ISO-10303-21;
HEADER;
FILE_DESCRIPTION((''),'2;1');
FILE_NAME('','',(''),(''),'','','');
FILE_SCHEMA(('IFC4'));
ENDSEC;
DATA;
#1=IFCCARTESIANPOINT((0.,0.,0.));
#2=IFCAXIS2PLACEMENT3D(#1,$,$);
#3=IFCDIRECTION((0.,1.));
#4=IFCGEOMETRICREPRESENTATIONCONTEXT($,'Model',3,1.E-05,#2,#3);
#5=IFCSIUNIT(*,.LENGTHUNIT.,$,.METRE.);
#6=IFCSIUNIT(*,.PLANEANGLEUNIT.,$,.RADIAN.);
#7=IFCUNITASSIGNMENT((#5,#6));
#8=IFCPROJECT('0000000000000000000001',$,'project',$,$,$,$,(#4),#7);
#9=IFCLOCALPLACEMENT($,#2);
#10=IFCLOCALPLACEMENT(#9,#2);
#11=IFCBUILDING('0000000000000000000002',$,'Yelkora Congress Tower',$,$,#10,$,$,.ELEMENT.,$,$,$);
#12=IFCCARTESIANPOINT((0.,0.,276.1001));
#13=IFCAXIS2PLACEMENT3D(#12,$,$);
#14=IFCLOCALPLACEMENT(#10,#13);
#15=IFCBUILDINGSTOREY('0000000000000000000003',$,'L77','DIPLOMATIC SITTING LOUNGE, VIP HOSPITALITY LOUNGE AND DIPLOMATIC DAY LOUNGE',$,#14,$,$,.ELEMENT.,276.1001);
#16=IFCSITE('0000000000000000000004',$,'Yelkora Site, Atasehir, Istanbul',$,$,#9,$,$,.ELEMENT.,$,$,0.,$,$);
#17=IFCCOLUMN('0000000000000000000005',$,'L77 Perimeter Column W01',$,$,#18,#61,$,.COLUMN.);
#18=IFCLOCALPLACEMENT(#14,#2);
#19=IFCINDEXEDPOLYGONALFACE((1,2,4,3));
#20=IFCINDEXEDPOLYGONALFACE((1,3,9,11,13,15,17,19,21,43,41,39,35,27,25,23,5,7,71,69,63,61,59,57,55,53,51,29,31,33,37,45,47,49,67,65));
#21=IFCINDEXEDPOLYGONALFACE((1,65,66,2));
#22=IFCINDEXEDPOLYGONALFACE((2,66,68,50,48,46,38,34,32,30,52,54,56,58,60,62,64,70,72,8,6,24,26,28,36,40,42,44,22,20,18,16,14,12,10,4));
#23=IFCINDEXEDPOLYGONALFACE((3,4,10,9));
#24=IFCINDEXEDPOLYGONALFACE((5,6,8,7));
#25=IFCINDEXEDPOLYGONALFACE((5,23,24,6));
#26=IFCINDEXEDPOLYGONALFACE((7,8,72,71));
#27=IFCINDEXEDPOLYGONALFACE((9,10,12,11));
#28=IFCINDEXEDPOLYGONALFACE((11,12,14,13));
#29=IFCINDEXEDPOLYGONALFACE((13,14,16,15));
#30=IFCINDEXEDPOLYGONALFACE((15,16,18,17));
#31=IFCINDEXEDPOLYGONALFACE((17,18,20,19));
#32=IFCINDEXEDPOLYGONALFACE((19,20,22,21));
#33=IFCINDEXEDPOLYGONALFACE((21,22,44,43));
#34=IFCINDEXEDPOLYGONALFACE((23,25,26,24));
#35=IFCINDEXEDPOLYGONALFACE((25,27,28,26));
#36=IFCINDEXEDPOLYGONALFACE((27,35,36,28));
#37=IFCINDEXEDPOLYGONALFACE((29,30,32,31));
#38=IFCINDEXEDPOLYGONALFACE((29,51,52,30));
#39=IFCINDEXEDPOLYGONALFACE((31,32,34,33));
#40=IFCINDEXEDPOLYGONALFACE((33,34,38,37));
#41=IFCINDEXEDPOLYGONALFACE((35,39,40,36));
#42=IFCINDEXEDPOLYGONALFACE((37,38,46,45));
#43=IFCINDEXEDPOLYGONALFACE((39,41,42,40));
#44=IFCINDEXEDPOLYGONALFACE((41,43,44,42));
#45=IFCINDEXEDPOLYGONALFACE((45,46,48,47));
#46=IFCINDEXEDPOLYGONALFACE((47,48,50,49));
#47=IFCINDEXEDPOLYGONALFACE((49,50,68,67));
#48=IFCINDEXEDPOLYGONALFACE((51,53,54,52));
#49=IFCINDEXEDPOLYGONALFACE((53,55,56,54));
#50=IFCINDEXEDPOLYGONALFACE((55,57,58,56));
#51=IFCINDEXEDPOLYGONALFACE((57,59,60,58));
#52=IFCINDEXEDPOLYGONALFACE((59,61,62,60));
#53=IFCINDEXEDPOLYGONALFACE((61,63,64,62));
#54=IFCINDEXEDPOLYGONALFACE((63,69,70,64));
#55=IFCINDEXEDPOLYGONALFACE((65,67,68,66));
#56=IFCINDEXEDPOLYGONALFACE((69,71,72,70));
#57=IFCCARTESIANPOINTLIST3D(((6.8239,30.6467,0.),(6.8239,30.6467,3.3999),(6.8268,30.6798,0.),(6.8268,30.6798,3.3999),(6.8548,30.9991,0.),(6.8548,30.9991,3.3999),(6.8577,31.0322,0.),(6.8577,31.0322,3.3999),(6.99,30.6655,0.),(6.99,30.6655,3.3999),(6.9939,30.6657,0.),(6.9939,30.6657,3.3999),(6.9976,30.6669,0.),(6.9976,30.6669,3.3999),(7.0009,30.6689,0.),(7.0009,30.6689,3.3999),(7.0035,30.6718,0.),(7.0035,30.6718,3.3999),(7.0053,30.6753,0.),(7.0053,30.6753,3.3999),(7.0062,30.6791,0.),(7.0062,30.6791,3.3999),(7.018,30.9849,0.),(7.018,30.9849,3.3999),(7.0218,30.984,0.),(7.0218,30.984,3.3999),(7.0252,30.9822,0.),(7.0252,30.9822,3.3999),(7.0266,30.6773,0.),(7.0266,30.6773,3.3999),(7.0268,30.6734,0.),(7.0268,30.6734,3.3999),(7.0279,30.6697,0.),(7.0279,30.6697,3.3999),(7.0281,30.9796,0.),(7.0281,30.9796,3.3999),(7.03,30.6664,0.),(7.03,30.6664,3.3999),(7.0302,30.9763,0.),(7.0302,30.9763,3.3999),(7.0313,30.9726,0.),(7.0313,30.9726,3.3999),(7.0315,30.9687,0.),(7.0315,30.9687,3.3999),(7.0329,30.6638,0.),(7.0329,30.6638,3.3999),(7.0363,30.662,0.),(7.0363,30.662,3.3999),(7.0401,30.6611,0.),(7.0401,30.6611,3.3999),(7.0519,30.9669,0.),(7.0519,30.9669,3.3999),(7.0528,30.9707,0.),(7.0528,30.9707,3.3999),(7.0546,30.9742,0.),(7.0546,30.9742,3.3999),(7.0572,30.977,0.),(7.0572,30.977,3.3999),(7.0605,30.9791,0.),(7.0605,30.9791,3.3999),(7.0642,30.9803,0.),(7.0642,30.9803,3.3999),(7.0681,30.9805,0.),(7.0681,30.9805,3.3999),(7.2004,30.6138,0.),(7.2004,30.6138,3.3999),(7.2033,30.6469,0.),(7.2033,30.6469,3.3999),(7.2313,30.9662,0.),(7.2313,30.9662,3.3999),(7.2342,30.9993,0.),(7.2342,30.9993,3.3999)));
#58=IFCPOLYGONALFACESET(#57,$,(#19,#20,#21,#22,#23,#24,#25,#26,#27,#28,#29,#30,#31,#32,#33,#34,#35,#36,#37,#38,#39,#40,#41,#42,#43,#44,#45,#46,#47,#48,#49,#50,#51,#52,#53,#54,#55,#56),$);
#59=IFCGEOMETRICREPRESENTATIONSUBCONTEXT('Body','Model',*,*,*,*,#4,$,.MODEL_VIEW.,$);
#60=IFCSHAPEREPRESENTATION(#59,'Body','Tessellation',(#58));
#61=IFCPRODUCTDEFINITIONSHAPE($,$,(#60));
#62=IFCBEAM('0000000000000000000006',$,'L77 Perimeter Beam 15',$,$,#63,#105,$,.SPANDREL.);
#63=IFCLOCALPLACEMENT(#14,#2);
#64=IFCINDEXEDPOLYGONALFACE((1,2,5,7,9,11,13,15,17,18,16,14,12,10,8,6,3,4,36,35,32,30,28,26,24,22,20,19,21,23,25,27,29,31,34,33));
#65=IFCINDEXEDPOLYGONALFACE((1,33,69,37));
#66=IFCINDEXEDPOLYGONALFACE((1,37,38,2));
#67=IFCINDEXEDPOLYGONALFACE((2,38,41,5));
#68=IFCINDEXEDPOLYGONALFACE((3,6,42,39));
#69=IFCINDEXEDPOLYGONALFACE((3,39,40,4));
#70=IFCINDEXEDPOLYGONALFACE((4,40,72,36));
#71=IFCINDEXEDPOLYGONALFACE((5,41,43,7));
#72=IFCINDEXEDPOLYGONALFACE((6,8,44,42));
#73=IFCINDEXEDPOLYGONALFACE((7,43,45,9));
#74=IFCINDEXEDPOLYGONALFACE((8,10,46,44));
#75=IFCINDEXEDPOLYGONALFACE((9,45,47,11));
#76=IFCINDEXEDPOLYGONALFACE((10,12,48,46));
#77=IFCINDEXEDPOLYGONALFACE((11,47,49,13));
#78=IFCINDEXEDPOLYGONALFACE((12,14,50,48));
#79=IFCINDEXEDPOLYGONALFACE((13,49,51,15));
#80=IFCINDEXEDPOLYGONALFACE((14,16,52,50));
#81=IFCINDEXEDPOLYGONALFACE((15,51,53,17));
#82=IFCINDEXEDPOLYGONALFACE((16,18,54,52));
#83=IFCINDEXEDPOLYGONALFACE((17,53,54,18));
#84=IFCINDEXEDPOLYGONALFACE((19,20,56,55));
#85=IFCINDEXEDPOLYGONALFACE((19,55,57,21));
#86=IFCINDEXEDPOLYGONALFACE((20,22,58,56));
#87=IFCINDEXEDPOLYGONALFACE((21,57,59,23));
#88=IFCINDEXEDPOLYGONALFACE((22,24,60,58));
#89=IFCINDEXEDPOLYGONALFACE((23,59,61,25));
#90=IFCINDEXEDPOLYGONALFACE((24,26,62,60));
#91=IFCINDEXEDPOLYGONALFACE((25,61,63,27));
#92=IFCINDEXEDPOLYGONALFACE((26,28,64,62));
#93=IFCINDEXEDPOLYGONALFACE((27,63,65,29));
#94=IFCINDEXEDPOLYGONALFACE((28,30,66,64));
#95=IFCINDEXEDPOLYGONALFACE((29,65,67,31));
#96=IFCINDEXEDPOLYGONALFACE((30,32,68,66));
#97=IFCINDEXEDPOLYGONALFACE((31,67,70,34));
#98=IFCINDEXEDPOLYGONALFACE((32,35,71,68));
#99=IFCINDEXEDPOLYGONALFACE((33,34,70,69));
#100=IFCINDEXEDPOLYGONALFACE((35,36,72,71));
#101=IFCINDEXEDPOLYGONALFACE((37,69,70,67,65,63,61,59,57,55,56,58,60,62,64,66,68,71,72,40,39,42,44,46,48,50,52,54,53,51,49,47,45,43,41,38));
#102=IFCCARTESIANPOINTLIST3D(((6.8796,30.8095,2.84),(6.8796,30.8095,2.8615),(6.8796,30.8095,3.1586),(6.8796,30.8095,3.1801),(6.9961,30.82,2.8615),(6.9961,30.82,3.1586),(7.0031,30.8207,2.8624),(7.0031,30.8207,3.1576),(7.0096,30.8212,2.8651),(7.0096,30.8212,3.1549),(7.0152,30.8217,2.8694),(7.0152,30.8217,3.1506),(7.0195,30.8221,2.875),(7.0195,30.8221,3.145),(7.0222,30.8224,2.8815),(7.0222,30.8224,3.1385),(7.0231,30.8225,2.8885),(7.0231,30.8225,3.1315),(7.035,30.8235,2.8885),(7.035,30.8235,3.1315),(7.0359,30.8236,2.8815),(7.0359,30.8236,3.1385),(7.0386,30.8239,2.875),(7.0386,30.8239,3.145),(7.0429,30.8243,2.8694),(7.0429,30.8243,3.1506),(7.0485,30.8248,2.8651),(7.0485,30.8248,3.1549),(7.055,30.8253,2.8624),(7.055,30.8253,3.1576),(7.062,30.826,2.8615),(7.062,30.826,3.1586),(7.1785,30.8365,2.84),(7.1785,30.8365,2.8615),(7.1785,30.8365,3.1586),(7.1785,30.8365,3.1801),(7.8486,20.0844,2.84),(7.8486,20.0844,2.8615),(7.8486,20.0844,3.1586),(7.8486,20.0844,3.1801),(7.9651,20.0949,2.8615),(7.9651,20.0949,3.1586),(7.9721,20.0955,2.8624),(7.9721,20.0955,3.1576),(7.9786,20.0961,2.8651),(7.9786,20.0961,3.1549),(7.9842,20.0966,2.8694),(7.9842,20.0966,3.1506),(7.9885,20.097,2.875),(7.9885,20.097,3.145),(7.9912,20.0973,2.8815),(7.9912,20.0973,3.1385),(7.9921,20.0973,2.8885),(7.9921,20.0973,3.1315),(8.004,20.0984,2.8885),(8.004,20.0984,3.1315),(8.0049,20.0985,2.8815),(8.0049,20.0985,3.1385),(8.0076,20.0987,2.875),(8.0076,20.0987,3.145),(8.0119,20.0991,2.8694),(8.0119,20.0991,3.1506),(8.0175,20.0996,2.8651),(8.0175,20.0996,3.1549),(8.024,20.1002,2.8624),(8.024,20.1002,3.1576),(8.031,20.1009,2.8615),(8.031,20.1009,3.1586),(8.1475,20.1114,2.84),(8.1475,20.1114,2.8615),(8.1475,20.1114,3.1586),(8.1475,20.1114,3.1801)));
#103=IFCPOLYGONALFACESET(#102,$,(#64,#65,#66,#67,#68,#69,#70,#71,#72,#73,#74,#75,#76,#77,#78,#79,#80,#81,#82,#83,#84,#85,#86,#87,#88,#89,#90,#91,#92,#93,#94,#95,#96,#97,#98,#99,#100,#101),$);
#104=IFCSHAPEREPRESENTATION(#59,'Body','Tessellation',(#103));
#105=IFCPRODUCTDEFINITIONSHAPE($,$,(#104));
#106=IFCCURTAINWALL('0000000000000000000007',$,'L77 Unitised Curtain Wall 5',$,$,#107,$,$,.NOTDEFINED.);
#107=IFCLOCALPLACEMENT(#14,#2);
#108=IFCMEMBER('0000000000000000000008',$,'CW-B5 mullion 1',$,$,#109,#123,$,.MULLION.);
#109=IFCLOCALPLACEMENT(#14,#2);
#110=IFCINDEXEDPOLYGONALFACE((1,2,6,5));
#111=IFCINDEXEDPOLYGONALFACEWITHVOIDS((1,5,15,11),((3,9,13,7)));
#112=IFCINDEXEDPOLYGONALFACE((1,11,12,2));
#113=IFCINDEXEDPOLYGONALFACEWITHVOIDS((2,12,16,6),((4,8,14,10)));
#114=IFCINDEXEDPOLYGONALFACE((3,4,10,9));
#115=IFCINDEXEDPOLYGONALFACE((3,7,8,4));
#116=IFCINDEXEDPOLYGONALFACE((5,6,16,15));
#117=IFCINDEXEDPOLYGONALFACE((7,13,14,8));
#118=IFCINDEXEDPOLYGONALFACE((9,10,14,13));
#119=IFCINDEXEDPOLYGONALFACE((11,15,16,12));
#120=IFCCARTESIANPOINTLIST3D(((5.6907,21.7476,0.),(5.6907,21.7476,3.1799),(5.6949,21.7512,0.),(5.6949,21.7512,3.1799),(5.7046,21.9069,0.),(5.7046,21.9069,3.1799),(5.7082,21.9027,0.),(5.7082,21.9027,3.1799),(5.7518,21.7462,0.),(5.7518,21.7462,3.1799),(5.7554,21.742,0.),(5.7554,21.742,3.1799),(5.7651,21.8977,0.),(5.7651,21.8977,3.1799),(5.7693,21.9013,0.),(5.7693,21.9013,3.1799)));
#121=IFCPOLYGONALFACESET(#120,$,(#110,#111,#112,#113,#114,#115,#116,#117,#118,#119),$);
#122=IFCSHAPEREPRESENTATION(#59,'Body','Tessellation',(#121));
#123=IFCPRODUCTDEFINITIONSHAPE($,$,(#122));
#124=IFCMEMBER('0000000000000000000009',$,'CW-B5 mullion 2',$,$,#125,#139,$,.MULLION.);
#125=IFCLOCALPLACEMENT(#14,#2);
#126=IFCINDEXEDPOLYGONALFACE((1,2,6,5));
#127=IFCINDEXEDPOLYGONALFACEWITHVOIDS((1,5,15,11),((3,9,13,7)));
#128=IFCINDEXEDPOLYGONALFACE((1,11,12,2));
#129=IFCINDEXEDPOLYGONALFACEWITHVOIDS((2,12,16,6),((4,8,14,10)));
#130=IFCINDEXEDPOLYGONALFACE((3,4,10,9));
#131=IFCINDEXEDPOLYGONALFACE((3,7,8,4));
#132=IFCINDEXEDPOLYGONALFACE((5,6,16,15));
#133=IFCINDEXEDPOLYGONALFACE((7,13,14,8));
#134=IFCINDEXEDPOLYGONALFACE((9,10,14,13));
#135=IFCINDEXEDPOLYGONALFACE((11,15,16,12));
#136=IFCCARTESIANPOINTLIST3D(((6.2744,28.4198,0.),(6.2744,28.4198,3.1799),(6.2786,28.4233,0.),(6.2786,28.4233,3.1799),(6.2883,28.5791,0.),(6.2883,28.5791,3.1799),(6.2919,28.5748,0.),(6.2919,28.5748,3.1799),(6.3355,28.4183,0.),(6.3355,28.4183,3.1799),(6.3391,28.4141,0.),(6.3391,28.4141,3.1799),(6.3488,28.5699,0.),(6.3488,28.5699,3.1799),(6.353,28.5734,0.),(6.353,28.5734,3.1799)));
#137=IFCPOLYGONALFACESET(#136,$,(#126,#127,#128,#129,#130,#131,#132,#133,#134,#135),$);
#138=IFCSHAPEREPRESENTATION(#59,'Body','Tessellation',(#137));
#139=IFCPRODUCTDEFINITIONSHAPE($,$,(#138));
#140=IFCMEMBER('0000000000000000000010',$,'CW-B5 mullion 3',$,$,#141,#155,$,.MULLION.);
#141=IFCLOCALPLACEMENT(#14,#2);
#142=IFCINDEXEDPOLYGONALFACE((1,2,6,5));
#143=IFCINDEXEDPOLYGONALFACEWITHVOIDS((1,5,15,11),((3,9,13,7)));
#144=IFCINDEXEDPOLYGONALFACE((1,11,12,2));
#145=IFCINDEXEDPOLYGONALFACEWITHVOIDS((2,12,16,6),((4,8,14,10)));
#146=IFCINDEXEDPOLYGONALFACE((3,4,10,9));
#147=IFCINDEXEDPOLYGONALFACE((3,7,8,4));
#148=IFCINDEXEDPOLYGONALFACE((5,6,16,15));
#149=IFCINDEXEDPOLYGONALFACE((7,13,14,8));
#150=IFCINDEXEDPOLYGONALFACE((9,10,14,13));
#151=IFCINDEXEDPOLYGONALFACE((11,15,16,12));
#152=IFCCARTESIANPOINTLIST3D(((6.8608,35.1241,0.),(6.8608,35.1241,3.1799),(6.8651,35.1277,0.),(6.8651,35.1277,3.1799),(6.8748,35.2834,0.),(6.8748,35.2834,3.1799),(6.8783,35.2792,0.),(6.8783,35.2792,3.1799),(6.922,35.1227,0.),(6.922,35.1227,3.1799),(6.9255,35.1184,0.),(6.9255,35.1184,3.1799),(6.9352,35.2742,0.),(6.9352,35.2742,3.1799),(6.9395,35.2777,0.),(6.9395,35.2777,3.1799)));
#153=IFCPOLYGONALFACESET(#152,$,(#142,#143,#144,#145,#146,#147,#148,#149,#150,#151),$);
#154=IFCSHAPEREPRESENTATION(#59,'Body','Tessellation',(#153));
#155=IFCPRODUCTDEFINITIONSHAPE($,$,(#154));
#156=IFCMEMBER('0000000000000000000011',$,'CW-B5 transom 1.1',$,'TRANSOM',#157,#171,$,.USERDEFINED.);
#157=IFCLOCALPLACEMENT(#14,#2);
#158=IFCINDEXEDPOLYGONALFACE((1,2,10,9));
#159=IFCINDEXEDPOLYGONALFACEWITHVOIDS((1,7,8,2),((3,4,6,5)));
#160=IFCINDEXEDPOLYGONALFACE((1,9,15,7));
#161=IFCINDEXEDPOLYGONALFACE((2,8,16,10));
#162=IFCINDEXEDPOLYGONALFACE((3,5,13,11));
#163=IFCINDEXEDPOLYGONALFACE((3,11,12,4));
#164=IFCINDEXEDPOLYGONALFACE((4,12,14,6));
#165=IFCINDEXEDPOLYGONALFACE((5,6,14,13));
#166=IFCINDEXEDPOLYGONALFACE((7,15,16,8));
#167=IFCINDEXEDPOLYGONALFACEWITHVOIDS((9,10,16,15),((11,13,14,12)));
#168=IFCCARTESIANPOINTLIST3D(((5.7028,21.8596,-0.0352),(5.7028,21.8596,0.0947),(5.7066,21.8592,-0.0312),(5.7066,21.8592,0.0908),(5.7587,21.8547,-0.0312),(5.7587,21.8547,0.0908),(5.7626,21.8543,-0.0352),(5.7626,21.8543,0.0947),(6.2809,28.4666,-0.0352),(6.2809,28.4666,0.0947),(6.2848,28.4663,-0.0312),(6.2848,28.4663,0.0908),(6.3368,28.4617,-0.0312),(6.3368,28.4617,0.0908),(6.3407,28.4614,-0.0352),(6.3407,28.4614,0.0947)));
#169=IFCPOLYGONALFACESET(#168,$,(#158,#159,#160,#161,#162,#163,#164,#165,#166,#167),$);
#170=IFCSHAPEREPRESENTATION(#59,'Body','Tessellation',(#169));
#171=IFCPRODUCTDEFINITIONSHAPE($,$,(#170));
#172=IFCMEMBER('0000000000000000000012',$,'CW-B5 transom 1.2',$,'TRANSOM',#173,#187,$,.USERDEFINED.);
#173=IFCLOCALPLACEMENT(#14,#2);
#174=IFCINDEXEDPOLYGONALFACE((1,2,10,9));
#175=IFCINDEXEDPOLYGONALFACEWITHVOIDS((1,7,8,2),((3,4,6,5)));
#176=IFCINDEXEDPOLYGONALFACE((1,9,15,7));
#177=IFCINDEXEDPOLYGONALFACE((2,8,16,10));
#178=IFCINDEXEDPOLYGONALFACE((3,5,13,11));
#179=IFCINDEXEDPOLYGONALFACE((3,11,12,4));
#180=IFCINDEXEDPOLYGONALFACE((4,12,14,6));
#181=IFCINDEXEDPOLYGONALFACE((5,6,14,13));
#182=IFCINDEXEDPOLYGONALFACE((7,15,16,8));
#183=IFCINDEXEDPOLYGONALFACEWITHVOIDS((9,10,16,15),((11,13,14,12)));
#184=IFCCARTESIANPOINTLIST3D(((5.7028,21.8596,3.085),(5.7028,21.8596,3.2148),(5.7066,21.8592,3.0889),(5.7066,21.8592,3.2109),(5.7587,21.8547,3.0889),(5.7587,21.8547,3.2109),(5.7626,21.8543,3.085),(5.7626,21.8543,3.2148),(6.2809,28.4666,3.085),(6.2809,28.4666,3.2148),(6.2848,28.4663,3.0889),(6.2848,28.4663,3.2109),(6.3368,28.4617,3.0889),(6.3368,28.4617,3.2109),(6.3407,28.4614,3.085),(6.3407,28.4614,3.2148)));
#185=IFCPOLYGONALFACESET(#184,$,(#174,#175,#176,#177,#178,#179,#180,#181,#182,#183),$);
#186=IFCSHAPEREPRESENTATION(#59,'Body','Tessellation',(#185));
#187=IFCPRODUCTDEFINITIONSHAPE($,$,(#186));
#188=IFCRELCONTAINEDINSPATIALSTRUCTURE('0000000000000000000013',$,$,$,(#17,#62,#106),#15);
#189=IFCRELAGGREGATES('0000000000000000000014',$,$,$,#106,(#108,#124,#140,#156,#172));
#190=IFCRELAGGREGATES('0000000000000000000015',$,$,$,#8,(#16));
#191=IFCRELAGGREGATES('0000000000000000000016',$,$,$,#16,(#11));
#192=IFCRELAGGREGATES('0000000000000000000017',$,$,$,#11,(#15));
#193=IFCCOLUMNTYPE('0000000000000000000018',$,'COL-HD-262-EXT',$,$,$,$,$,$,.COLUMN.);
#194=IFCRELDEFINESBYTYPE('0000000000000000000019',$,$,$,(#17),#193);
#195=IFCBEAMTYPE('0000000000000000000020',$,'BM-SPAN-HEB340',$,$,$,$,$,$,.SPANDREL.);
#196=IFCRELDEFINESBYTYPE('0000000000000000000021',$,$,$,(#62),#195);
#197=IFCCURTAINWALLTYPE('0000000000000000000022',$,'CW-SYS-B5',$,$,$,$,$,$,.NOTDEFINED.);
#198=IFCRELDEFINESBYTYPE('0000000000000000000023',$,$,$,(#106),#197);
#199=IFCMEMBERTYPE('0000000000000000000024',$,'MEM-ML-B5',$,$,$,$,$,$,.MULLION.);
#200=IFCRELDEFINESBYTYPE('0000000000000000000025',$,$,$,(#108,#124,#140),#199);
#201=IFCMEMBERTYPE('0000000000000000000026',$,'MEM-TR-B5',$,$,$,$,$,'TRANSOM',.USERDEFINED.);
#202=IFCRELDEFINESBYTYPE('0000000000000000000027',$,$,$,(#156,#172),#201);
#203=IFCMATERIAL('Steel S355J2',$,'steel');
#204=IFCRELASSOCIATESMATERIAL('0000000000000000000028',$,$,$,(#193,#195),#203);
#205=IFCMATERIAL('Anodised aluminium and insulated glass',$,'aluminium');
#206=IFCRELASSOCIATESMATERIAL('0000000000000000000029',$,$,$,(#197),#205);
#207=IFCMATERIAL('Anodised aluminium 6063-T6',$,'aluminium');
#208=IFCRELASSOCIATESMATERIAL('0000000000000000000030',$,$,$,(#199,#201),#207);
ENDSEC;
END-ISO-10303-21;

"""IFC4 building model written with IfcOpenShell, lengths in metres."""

from ifc_helpers import new_model, si_unit, direction, frame, origin, origin_2d, place, context, subcontext, project, spatial, hollow_rectangle, i_section, extrude, material, material_profile, profile_set, type_object, element, aggregate, save


model = new_model("IFC4")

# Units and contexts
model_context = context("Model", 3, precision=1e-05, world=origin(), true_north=direction((0.0, 1.0)))
body_context = subcontext(model_context, "Body", "Model", "MODEL_VIEW")
ifc_project = project(units=[si_unit("LENGTHUNIT", "METRE"), si_unit("PLANEANGLEUNIT", "RADIAN")], contexts=[model_context])

# Site, building, storey
site_placement = place(None, origin())
site = spatial("IfcSite", under=ifc_project, at=site_placement, Name="Yelkora Site, Atasehir, Istanbul", CompositionType="ELEMENT", RefElevation=0.0)
building_placement = place(site_placement, origin())
building = spatial("IfcBuilding", under=site, at=building_placement, Name="Yelkora Congress Tower", CompositionType="ELEMENT")
storey_placement = place(building_placement, frame((0.0, 0.0, 276.1001)))
storey = spatial("IfcBuildingStorey", under=building, at=storey_placement, Name="L77", Description="DIPLOMATIC SITTING LOUNGE, VIP HOSPITALITY LOUNGE AND DIPLOMATIC DAY LOUNGE", CompositionType="ELEMENT", Elevation=276.1001)

# Column
ifc_material_1 = material(Name="Steel S355J2", Category="steel")
ifc_material_profile_1 = material_profile(ifc_material_1, i_section(OverallWidth=0.3779, OverallDepth=0.387, WebThickness=0.0205, FlangeThickness=0.0332, FilletRadius=0.0149, at=origin_2d()), Name="HD 360x262")
ifc_profile_set_1 = profile_set([ifc_material_profile_1], Name="Steel S355J2")
column_type = type_object("IfcColumnType", Name="COL-HD-262-EXT", PredefinedType="COLUMN", material=ifc_profile_set_1)
column_placement = place(storey_placement, frame((7.0291, 30.823, 0.0), z_axis=(0.0, 0.0, 1.0), x_axis=(0.996195, -0.087156, 0.0)))
element("IfcColumn", 1, at=column_placement, inside=storey, type_object=column_type, Name="L77 Perimeter Column W01", PredefinedType="COLUMN", context=body_context, shape_type="SweptSolid", body=[
    extrude(i_section(OverallWidth=0.3779, OverallDepth=0.387, WebThickness=0.0205, FlangeThickness=0.0332, FilletRadius=0.0149, at=origin_2d()), origin(), (0.0, 0.0, 1.0), 3.3999),
])

# Beam
ifc_material_profile_2 = material_profile(ifc_material_1, i_section(OverallWidth=0.3, OverallDepth=0.3401, WebThickness=0.012, FlangeThickness=0.0215, FilletRadius=0.0271, at=origin_2d()), Name="HEB 340")
ifc_profile_set_2 = profile_set([ifc_material_profile_2], Name="Steel S355J2")
beam_type = type_object("IfcBeamType", Name="BM-SPAN-HEB340", PredefinedType="SPANDREL", material=ifc_profile_set_2)
beam_placement = place(storey_placement, frame((7.0291, 30.823, 3.01), z_axis=(0.089982, -0.995943, 0.0), x_axis=(0.995943, 0.089982, 0.0)))
element("IfcBeam", 2, at=beam_placement, inside=storey, type_object=beam_type, Name="L77 Perimeter Beam 15", PredefinedType="SPANDREL", context=body_context, shape_type="SweptSolid", body=[
    extrude(i_section(OverallWidth=0.3, OverallDepth=0.3401, WebThickness=0.012, FlangeThickness=0.0215, FilletRadius=0.0271, at=origin_2d()), origin(), (0.0, 0.0, 1.0), 10.7688),
])

# Curtain wall, members
ifc_material_2 = material(Name="Anodised aluminium and insulated glass", Category="aluminium")
curtain_wall_type = type_object("IfcCurtainWallType", Name="CW-SYS-B5", PredefinedType="NOTDEFINED", material=ifc_material_2)
curtain_wall_placement = place(storey_placement, origin())
curtain_wall = element("IfcCurtainWall", 3, at=curtain_wall_placement, inside=storey, type_object=curtain_wall_type, Name="L77 Unitised Curtain Wall 5", PredefinedType="NOTDEFINED")
ifc_material_3 = material(Name="Anodised aluminium 6063-T6", Category="aluminium")
ifc_material_profile_3 = material_profile(ifc_material_3, hollow_rectangle(XDim=0.0649, YDim=0.1599, WallThickness=0.0039, at=origin_2d()), Name="ALU 65x160x4")
ifc_profile_set_3 = profile_set([ifc_material_profile_3], Name="Anodised aluminium 6063-T6")
member_type_1 = type_object("IfcMemberType", Name="MEM-ML-B5", PredefinedType="MULLION", material=ifc_profile_set_3)
member_1_placement = place(storey_placement, frame((5.73, 21.8245, 0.0), z_axis=(0.0, 0.0, 1.0), x_axis=(-0.996195, 0.087155, 0.0)))
member_1 = element("IfcMember", 4, at=member_1_placement, type_object=member_type_1, Name="CW-B5 mullion 1", PredefinedType="MULLION", context=body_context, shape_type="SweptSolid", body=[
    extrude(hollow_rectangle(XDim=0.0649, YDim=0.1599, WallThickness=0.0039, at=origin_2d()), origin(), (0.0, 0.0, 1.0), 3.1799),
])
member_2_placement = place(storey_placement, frame((6.3137, 28.4966, 0.0), z_axis=(0.0, 0.0, 1.0), x_axis=(-0.996195, 0.087155, 0.0)))
member_2 = element("IfcMember", 5, at=member_2_placement, type_object=member_type_1, Name="CW-B5 mullion 2", PredefinedType="MULLION", context=body_context, shape_type="SweptSolid", body=[
    extrude(hollow_rectangle(XDim=0.0649, YDim=0.1599, WallThickness=0.0039, at=origin_2d()), origin(), (0.0, 0.0, 1.0), 3.1799),
])
member_3_placement = place(storey_placement, frame((6.9001, 35.2009, 0.0), z_axis=(0.0, 0.0, 1.0), x_axis=(-0.996195, 0.087155, 0.0)))
member_3 = element("IfcMember", 6, at=member_3_placement, type_object=member_type_1, Name="CW-B5 mullion 3", PredefinedType="MULLION", context=body_context, shape_type="SweptSolid", body=[
    extrude(hollow_rectangle(XDim=0.0649, YDim=0.1599, WallThickness=0.0039, at=origin_2d()), origin(), (0.0, 0.0, 1.0), 3.1799),
])
ifc_material_profile_4 = material_profile(ifc_material_3, hollow_rectangle(XDim=0.0601, YDim=0.1299, WallThickness=0.0039, at=origin_2d()), Name="ALU 60x130x4")
ifc_profile_set_4 = profile_set([ifc_material_profile_4], Name="Anodised aluminium 6063-T6")
member_type_2 = type_object("IfcMemberType", Name="MEM-TR-B5", ElementType="TRANSOM", PredefinedType="USERDEFINED", material=ifc_profile_set_4)
member_4_placement = place(storey_placement, frame((5.7327, 21.8569, 0.0298), z_axis=(0.087166, 0.996194, 0.0), x_axis=(-0.996194, 0.087166, 0.0)))
member_4 = element("IfcMember", 7, at=member_4_placement, type_object=member_type_2, Name="CW-B5 transom 1.1", ObjectType="TRANSOM", PredefinedType="USERDEFINED", context=body_context, shape_type="SweptSolid", body=[
    extrude(hollow_rectangle(XDim=0.0601, YDim=0.1299, WallThickness=0.0039, at=origin_2d()), origin(), (0.0, 0.0, 1.0), 6.6323),
])
member_5_placement = place(storey_placement, frame((5.7327, 21.8569, 3.1499), z_axis=(0.087166, 0.996194, 0.0), x_axis=(-0.996194, 0.087166, 0.0)))
member_5 = element("IfcMember", 8, at=member_5_placement, type_object=member_type_2, Name="CW-B5 transom 1.2", ObjectType="TRANSOM", PredefinedType="USERDEFINED", context=body_context, shape_type="SweptSolid", body=[
    extrude(hollow_rectangle(XDim=0.0601, YDim=0.1299, WallThickness=0.0039, at=origin_2d()), origin(), (0.0, 0.0, 1.0), 6.6323),
])
aggregate(curtain_wall, [member_1, member_2, member_3, member_4, member_5])

save(model, "model.ifc")
